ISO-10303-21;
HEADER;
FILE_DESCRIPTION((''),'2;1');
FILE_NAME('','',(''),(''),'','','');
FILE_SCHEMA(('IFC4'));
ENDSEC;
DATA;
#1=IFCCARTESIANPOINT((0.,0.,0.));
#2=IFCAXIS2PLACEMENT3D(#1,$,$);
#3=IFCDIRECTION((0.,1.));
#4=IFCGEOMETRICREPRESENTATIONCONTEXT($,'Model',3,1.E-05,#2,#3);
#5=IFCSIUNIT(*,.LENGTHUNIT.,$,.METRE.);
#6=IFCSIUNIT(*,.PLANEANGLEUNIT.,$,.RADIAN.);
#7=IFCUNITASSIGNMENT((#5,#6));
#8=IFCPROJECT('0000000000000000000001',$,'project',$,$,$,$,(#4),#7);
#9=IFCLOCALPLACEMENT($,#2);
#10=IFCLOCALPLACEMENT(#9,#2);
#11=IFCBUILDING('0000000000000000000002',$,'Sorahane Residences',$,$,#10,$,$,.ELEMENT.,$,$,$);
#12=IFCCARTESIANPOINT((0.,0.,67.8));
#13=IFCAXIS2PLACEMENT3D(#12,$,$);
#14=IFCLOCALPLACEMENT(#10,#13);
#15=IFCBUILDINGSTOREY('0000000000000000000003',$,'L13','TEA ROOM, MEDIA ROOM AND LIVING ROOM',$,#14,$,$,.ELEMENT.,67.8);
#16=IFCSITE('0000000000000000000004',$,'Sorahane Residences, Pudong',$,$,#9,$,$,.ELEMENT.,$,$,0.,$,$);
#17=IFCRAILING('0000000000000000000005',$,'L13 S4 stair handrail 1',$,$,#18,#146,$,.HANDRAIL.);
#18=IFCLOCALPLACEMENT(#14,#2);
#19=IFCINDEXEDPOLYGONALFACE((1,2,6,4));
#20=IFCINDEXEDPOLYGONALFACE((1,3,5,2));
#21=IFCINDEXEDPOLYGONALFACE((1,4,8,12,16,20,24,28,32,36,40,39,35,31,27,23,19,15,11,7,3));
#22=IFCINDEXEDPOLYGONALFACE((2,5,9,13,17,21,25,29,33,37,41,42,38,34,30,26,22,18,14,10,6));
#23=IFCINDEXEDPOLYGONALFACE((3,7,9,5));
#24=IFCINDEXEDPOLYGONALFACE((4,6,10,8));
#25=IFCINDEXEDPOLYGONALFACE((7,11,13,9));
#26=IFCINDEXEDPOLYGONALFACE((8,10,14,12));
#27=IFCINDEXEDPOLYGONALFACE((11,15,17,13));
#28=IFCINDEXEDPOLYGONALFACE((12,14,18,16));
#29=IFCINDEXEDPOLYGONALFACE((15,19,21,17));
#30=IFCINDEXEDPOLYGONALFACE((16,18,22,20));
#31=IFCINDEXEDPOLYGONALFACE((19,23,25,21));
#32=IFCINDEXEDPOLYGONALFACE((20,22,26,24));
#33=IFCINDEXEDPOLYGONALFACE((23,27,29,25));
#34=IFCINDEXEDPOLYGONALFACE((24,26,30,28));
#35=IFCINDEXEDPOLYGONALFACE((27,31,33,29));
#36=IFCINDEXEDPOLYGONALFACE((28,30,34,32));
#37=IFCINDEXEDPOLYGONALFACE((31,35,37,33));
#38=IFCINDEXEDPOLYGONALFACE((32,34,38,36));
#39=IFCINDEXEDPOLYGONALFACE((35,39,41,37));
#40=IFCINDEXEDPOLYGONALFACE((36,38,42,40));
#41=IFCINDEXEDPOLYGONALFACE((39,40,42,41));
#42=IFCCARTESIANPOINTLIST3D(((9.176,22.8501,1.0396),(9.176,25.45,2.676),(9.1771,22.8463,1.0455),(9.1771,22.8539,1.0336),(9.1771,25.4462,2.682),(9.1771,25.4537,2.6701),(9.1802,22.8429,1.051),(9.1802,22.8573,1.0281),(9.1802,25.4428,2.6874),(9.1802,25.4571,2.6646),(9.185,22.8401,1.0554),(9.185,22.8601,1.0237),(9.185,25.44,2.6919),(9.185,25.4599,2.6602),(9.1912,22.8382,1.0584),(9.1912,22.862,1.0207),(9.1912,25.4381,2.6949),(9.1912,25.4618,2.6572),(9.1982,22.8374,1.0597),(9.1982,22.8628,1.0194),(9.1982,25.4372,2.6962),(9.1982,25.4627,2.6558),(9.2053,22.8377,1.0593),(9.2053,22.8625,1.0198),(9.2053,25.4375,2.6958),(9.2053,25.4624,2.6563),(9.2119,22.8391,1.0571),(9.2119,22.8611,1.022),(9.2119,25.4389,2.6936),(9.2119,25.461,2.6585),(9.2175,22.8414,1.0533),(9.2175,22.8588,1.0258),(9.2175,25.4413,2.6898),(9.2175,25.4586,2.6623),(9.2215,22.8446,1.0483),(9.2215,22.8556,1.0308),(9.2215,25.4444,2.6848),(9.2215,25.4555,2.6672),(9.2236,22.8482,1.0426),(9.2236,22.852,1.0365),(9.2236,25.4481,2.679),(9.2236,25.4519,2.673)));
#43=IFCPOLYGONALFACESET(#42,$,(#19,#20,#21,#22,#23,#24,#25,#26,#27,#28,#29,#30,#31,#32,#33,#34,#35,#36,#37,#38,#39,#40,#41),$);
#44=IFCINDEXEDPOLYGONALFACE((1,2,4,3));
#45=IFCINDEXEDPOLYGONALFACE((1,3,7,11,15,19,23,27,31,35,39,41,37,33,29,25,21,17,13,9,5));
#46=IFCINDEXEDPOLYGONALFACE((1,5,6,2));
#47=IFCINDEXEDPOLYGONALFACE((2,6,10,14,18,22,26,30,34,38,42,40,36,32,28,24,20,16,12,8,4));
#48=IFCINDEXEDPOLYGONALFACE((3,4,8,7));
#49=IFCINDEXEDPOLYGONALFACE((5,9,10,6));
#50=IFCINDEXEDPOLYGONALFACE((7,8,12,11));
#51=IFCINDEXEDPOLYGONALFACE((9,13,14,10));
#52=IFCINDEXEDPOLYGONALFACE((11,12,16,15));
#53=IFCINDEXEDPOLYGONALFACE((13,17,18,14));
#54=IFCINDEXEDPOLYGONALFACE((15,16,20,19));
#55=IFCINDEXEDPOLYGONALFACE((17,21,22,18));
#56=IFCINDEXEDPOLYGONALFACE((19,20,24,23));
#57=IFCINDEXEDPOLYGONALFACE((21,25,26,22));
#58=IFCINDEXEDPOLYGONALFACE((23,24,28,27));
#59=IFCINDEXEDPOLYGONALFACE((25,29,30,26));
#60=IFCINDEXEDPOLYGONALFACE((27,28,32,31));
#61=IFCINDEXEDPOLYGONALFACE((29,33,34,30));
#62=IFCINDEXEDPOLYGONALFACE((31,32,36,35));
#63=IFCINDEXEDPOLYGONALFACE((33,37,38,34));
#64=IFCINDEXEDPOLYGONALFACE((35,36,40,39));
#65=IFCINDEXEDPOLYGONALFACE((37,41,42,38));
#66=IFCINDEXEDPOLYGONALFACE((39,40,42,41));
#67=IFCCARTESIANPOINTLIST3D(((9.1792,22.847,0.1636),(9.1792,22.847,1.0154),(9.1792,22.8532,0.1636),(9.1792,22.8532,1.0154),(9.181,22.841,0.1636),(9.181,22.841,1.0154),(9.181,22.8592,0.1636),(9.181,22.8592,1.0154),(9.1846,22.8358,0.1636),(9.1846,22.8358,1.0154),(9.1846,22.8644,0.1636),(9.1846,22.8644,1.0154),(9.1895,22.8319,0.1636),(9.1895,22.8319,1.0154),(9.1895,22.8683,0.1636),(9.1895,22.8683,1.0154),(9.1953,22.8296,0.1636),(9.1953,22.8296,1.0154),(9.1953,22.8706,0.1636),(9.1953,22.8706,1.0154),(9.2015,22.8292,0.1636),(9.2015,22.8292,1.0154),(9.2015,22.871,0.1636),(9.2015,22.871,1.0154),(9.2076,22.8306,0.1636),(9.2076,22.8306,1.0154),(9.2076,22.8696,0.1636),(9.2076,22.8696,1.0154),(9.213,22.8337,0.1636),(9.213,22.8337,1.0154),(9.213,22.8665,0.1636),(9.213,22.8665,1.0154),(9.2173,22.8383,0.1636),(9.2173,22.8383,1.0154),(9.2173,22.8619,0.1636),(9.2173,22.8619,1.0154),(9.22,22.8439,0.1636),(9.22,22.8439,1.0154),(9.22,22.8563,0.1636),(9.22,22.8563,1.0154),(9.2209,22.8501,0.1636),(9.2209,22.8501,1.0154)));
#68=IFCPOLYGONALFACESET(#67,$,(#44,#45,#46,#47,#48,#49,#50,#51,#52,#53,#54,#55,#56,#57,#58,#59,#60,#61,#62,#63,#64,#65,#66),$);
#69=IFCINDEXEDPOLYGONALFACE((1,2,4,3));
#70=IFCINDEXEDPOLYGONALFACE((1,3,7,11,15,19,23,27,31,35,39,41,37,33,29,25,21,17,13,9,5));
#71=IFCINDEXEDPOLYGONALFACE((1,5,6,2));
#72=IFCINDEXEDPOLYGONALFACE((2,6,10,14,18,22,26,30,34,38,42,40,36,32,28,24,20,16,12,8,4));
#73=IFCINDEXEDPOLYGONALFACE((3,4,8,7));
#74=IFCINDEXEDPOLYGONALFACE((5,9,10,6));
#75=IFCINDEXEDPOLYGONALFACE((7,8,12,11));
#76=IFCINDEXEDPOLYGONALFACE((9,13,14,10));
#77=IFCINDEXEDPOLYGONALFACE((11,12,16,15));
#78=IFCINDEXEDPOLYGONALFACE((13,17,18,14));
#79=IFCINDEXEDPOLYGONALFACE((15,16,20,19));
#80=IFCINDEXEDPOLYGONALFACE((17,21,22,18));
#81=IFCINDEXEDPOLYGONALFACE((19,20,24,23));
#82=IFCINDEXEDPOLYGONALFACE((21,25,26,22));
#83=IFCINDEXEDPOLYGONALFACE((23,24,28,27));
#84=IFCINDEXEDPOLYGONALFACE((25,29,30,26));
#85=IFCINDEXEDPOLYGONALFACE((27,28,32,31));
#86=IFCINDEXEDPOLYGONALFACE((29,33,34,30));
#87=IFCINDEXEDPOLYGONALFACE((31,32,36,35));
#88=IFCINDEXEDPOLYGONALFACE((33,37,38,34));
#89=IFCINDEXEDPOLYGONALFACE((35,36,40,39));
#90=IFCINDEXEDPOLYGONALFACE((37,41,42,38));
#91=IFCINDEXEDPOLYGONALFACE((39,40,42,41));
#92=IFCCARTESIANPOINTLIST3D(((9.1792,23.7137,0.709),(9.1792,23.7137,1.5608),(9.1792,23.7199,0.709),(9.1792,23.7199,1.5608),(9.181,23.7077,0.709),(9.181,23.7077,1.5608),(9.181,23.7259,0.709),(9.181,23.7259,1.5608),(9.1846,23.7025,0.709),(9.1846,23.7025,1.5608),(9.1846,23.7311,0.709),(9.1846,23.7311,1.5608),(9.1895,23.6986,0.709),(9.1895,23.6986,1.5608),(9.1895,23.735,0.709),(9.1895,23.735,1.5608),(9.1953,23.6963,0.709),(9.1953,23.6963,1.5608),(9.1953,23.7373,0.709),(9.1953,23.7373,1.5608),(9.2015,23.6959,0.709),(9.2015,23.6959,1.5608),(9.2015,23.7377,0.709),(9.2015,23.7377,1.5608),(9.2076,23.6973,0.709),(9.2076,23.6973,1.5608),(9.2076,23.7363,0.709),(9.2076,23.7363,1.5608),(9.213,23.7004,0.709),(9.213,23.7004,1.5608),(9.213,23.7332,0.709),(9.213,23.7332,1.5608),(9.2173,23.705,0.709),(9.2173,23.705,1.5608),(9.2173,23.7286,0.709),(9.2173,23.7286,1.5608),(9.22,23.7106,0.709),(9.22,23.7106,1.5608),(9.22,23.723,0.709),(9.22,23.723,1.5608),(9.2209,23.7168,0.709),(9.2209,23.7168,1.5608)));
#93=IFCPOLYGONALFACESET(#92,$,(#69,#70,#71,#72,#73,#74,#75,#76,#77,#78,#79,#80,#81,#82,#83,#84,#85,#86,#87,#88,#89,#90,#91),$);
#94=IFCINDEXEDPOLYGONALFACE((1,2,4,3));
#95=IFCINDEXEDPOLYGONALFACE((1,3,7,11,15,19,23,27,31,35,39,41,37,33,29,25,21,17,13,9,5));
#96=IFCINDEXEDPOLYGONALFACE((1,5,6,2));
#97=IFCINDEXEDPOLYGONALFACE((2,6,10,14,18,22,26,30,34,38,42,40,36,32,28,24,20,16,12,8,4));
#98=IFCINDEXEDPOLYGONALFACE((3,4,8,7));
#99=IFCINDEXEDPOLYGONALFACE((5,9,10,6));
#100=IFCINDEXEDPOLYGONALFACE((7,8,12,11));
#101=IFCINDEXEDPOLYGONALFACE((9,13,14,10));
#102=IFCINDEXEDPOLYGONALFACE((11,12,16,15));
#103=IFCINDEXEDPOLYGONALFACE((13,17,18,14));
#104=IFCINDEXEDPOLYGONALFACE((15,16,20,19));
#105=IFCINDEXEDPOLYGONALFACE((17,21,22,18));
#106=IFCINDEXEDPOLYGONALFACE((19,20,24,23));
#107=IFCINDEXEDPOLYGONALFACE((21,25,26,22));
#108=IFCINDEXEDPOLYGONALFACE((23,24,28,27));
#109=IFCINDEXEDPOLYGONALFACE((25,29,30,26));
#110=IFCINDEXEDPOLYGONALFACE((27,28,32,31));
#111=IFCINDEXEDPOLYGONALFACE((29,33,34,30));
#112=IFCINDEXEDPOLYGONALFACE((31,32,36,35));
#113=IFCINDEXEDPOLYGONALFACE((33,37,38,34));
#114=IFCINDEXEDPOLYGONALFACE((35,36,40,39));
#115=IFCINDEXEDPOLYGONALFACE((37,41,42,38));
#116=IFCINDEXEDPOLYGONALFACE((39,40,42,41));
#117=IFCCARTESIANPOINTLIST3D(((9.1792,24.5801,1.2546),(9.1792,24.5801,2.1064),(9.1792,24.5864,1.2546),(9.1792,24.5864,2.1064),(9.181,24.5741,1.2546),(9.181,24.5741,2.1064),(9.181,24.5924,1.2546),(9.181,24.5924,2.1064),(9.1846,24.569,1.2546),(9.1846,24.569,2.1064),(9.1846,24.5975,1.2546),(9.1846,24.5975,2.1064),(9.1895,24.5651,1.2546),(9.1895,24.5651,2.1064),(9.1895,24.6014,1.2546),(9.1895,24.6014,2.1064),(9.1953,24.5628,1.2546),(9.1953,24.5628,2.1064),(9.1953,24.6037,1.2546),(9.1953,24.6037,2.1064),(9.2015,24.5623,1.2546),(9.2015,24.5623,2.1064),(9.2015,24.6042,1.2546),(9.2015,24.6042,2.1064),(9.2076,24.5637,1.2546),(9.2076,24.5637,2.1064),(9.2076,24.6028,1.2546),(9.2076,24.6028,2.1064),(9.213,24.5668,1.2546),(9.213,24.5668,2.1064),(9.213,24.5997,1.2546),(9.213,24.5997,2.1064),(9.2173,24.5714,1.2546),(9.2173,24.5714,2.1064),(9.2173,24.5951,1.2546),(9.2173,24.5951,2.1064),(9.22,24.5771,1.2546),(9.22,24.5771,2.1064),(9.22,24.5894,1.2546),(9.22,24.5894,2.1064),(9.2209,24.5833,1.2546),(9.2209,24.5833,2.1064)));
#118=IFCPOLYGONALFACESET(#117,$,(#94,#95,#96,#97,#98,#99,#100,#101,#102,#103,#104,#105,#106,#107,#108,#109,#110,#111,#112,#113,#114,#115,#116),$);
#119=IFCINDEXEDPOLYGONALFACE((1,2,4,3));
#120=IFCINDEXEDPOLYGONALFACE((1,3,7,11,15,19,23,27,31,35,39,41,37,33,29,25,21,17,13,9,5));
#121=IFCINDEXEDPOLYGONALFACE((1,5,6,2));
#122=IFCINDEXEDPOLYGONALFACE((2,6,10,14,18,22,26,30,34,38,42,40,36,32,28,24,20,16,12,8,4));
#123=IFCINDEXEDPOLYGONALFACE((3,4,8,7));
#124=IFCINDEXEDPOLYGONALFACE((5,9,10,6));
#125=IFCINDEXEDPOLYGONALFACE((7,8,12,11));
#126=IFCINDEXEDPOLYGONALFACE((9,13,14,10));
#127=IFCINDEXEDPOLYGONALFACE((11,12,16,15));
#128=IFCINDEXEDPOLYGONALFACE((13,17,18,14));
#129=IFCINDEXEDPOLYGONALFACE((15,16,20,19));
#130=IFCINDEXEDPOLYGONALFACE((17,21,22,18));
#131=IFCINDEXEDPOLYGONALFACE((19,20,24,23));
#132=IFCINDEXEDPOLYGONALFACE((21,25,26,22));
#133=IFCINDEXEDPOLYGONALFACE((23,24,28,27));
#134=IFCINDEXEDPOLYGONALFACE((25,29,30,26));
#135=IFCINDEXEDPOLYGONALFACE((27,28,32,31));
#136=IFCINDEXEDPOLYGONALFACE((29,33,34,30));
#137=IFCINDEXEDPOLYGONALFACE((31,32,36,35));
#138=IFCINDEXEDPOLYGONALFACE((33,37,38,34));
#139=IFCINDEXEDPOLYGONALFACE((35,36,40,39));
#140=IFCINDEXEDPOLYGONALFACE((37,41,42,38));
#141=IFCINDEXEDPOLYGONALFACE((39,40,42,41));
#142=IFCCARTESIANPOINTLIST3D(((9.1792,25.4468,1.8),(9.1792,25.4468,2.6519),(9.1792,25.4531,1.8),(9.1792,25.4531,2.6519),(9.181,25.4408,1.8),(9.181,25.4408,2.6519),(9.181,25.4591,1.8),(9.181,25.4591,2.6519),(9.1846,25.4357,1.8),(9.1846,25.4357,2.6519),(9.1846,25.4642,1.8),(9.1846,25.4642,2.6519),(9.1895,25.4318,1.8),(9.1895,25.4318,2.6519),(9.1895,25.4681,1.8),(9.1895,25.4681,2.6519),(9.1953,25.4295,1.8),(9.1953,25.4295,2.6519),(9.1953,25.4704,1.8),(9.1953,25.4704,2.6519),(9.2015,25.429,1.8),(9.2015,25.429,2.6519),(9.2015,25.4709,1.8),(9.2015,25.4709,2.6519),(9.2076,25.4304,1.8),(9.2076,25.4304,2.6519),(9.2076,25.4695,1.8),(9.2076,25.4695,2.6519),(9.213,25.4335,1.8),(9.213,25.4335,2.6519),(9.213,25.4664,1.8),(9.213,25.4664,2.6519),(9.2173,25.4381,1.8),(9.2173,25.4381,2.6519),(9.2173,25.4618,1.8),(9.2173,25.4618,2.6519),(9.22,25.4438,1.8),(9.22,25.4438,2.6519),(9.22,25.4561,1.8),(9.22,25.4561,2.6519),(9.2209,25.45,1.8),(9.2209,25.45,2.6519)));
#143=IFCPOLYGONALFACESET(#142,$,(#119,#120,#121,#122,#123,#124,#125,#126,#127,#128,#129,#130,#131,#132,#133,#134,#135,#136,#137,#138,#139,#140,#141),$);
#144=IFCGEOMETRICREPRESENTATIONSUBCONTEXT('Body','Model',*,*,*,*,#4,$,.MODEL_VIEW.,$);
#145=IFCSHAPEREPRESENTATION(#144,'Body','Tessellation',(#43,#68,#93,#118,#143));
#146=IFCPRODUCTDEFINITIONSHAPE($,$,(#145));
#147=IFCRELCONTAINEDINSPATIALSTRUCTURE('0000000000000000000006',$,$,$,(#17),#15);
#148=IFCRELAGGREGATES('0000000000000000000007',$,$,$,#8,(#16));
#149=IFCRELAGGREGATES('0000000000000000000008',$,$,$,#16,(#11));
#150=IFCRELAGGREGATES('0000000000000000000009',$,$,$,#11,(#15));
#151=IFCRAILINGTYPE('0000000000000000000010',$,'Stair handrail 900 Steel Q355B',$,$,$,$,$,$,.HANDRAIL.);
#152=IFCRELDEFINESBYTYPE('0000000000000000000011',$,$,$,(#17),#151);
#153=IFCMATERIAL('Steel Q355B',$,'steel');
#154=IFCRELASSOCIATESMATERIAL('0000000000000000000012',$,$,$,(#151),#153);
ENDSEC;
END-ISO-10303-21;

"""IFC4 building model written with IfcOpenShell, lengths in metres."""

from ifc_helpers import new_model, si_unit, direction, frame, origin, origin_2d, place, context, subcontext, project, spatial, circle, extrude, material, type_object, element, save


model = new_model("IFC4")

# Units and contexts
model_context = context("Model", 3, precision=1e-05, world=origin(), true_north=direction((0.0, 1.0)))
body_context = subcontext(model_context, "Body", "Model", "MODEL_VIEW")
ifc_project = project(units=[si_unit("LENGTHUNIT", "METRE"), si_unit("PLANEANGLEUNIT", "RADIAN")], contexts=[model_context])

# Site, building, storey
site_placement = place(None, origin())
site = spatial("IfcSite", under=ifc_project, at=site_placement, Name="Sorahane Residences, Pudong", CompositionType="ELEMENT", RefElevation=0.0)
building_placement = place(site_placement, origin())
building = spatial("IfcBuilding", under=site, at=building_placement, Name="Sorahane Residences", CompositionType="ELEMENT")
storey_placement = place(building_placement, frame((0.0, 0.0, 67.8)))
storey = spatial("IfcBuildingStorey", under=building, at=storey_placement, Name="L13", Description="TEA ROOM, MEDIA ROOM AND LIVING ROOM", CompositionType="ELEMENT", Elevation=67.8)

# Railing
ifc_material_1 = material(Name="Steel Q355B", Category="steel")
railing_type_1 = type_object("IfcRailingType", Name="Stair handrail 900 Steel Q355B", PredefinedType="HANDRAIL", material=ifc_material_1)
railing_1_placement = place(storey_placement, frame((9.2, 22.8501, 0.1636)))
element("IfcRailing", 1, at=railing_1_placement, inside=storey, type_object=railing_type_1, Name="L13 S4 stair handrail 1", PredefinedType="HANDRAIL", context=body_context, shape_type="SweptSolid", body=[
    extrude(circle(Radius=0.0239, at=origin_2d()), frame((0.0, 0.0, 0.876), z_axis=(0.0, 0.846302, 0.532704), x_axis=(-1.0, 0.0, 0.0)), (0.0, 0.0, 1.0), 3.072),
    extrude(circle(Radius=0.021, at=origin_2d()), origin(), (0.0, 0.0, 1.0), 0.8518),
    extrude(circle(Radius=0.021, at=origin_2d()), frame((0.0, 0.8667, 0.5454)), (0.0, 0.0, 1.0), 0.8518),
    extrude(circle(Radius=0.021, at=origin_2d()), frame((0.0, 1.7332, 1.0911)), (0.0, 0.0, 1.0), 0.8518),
    extrude(circle(Radius=0.021, at=origin_2d()), frame((0.0, 2.5999, 1.6365)), (0.0, 0.0, 1.0), 0.8518),
])

save(model, "model.ifc")
